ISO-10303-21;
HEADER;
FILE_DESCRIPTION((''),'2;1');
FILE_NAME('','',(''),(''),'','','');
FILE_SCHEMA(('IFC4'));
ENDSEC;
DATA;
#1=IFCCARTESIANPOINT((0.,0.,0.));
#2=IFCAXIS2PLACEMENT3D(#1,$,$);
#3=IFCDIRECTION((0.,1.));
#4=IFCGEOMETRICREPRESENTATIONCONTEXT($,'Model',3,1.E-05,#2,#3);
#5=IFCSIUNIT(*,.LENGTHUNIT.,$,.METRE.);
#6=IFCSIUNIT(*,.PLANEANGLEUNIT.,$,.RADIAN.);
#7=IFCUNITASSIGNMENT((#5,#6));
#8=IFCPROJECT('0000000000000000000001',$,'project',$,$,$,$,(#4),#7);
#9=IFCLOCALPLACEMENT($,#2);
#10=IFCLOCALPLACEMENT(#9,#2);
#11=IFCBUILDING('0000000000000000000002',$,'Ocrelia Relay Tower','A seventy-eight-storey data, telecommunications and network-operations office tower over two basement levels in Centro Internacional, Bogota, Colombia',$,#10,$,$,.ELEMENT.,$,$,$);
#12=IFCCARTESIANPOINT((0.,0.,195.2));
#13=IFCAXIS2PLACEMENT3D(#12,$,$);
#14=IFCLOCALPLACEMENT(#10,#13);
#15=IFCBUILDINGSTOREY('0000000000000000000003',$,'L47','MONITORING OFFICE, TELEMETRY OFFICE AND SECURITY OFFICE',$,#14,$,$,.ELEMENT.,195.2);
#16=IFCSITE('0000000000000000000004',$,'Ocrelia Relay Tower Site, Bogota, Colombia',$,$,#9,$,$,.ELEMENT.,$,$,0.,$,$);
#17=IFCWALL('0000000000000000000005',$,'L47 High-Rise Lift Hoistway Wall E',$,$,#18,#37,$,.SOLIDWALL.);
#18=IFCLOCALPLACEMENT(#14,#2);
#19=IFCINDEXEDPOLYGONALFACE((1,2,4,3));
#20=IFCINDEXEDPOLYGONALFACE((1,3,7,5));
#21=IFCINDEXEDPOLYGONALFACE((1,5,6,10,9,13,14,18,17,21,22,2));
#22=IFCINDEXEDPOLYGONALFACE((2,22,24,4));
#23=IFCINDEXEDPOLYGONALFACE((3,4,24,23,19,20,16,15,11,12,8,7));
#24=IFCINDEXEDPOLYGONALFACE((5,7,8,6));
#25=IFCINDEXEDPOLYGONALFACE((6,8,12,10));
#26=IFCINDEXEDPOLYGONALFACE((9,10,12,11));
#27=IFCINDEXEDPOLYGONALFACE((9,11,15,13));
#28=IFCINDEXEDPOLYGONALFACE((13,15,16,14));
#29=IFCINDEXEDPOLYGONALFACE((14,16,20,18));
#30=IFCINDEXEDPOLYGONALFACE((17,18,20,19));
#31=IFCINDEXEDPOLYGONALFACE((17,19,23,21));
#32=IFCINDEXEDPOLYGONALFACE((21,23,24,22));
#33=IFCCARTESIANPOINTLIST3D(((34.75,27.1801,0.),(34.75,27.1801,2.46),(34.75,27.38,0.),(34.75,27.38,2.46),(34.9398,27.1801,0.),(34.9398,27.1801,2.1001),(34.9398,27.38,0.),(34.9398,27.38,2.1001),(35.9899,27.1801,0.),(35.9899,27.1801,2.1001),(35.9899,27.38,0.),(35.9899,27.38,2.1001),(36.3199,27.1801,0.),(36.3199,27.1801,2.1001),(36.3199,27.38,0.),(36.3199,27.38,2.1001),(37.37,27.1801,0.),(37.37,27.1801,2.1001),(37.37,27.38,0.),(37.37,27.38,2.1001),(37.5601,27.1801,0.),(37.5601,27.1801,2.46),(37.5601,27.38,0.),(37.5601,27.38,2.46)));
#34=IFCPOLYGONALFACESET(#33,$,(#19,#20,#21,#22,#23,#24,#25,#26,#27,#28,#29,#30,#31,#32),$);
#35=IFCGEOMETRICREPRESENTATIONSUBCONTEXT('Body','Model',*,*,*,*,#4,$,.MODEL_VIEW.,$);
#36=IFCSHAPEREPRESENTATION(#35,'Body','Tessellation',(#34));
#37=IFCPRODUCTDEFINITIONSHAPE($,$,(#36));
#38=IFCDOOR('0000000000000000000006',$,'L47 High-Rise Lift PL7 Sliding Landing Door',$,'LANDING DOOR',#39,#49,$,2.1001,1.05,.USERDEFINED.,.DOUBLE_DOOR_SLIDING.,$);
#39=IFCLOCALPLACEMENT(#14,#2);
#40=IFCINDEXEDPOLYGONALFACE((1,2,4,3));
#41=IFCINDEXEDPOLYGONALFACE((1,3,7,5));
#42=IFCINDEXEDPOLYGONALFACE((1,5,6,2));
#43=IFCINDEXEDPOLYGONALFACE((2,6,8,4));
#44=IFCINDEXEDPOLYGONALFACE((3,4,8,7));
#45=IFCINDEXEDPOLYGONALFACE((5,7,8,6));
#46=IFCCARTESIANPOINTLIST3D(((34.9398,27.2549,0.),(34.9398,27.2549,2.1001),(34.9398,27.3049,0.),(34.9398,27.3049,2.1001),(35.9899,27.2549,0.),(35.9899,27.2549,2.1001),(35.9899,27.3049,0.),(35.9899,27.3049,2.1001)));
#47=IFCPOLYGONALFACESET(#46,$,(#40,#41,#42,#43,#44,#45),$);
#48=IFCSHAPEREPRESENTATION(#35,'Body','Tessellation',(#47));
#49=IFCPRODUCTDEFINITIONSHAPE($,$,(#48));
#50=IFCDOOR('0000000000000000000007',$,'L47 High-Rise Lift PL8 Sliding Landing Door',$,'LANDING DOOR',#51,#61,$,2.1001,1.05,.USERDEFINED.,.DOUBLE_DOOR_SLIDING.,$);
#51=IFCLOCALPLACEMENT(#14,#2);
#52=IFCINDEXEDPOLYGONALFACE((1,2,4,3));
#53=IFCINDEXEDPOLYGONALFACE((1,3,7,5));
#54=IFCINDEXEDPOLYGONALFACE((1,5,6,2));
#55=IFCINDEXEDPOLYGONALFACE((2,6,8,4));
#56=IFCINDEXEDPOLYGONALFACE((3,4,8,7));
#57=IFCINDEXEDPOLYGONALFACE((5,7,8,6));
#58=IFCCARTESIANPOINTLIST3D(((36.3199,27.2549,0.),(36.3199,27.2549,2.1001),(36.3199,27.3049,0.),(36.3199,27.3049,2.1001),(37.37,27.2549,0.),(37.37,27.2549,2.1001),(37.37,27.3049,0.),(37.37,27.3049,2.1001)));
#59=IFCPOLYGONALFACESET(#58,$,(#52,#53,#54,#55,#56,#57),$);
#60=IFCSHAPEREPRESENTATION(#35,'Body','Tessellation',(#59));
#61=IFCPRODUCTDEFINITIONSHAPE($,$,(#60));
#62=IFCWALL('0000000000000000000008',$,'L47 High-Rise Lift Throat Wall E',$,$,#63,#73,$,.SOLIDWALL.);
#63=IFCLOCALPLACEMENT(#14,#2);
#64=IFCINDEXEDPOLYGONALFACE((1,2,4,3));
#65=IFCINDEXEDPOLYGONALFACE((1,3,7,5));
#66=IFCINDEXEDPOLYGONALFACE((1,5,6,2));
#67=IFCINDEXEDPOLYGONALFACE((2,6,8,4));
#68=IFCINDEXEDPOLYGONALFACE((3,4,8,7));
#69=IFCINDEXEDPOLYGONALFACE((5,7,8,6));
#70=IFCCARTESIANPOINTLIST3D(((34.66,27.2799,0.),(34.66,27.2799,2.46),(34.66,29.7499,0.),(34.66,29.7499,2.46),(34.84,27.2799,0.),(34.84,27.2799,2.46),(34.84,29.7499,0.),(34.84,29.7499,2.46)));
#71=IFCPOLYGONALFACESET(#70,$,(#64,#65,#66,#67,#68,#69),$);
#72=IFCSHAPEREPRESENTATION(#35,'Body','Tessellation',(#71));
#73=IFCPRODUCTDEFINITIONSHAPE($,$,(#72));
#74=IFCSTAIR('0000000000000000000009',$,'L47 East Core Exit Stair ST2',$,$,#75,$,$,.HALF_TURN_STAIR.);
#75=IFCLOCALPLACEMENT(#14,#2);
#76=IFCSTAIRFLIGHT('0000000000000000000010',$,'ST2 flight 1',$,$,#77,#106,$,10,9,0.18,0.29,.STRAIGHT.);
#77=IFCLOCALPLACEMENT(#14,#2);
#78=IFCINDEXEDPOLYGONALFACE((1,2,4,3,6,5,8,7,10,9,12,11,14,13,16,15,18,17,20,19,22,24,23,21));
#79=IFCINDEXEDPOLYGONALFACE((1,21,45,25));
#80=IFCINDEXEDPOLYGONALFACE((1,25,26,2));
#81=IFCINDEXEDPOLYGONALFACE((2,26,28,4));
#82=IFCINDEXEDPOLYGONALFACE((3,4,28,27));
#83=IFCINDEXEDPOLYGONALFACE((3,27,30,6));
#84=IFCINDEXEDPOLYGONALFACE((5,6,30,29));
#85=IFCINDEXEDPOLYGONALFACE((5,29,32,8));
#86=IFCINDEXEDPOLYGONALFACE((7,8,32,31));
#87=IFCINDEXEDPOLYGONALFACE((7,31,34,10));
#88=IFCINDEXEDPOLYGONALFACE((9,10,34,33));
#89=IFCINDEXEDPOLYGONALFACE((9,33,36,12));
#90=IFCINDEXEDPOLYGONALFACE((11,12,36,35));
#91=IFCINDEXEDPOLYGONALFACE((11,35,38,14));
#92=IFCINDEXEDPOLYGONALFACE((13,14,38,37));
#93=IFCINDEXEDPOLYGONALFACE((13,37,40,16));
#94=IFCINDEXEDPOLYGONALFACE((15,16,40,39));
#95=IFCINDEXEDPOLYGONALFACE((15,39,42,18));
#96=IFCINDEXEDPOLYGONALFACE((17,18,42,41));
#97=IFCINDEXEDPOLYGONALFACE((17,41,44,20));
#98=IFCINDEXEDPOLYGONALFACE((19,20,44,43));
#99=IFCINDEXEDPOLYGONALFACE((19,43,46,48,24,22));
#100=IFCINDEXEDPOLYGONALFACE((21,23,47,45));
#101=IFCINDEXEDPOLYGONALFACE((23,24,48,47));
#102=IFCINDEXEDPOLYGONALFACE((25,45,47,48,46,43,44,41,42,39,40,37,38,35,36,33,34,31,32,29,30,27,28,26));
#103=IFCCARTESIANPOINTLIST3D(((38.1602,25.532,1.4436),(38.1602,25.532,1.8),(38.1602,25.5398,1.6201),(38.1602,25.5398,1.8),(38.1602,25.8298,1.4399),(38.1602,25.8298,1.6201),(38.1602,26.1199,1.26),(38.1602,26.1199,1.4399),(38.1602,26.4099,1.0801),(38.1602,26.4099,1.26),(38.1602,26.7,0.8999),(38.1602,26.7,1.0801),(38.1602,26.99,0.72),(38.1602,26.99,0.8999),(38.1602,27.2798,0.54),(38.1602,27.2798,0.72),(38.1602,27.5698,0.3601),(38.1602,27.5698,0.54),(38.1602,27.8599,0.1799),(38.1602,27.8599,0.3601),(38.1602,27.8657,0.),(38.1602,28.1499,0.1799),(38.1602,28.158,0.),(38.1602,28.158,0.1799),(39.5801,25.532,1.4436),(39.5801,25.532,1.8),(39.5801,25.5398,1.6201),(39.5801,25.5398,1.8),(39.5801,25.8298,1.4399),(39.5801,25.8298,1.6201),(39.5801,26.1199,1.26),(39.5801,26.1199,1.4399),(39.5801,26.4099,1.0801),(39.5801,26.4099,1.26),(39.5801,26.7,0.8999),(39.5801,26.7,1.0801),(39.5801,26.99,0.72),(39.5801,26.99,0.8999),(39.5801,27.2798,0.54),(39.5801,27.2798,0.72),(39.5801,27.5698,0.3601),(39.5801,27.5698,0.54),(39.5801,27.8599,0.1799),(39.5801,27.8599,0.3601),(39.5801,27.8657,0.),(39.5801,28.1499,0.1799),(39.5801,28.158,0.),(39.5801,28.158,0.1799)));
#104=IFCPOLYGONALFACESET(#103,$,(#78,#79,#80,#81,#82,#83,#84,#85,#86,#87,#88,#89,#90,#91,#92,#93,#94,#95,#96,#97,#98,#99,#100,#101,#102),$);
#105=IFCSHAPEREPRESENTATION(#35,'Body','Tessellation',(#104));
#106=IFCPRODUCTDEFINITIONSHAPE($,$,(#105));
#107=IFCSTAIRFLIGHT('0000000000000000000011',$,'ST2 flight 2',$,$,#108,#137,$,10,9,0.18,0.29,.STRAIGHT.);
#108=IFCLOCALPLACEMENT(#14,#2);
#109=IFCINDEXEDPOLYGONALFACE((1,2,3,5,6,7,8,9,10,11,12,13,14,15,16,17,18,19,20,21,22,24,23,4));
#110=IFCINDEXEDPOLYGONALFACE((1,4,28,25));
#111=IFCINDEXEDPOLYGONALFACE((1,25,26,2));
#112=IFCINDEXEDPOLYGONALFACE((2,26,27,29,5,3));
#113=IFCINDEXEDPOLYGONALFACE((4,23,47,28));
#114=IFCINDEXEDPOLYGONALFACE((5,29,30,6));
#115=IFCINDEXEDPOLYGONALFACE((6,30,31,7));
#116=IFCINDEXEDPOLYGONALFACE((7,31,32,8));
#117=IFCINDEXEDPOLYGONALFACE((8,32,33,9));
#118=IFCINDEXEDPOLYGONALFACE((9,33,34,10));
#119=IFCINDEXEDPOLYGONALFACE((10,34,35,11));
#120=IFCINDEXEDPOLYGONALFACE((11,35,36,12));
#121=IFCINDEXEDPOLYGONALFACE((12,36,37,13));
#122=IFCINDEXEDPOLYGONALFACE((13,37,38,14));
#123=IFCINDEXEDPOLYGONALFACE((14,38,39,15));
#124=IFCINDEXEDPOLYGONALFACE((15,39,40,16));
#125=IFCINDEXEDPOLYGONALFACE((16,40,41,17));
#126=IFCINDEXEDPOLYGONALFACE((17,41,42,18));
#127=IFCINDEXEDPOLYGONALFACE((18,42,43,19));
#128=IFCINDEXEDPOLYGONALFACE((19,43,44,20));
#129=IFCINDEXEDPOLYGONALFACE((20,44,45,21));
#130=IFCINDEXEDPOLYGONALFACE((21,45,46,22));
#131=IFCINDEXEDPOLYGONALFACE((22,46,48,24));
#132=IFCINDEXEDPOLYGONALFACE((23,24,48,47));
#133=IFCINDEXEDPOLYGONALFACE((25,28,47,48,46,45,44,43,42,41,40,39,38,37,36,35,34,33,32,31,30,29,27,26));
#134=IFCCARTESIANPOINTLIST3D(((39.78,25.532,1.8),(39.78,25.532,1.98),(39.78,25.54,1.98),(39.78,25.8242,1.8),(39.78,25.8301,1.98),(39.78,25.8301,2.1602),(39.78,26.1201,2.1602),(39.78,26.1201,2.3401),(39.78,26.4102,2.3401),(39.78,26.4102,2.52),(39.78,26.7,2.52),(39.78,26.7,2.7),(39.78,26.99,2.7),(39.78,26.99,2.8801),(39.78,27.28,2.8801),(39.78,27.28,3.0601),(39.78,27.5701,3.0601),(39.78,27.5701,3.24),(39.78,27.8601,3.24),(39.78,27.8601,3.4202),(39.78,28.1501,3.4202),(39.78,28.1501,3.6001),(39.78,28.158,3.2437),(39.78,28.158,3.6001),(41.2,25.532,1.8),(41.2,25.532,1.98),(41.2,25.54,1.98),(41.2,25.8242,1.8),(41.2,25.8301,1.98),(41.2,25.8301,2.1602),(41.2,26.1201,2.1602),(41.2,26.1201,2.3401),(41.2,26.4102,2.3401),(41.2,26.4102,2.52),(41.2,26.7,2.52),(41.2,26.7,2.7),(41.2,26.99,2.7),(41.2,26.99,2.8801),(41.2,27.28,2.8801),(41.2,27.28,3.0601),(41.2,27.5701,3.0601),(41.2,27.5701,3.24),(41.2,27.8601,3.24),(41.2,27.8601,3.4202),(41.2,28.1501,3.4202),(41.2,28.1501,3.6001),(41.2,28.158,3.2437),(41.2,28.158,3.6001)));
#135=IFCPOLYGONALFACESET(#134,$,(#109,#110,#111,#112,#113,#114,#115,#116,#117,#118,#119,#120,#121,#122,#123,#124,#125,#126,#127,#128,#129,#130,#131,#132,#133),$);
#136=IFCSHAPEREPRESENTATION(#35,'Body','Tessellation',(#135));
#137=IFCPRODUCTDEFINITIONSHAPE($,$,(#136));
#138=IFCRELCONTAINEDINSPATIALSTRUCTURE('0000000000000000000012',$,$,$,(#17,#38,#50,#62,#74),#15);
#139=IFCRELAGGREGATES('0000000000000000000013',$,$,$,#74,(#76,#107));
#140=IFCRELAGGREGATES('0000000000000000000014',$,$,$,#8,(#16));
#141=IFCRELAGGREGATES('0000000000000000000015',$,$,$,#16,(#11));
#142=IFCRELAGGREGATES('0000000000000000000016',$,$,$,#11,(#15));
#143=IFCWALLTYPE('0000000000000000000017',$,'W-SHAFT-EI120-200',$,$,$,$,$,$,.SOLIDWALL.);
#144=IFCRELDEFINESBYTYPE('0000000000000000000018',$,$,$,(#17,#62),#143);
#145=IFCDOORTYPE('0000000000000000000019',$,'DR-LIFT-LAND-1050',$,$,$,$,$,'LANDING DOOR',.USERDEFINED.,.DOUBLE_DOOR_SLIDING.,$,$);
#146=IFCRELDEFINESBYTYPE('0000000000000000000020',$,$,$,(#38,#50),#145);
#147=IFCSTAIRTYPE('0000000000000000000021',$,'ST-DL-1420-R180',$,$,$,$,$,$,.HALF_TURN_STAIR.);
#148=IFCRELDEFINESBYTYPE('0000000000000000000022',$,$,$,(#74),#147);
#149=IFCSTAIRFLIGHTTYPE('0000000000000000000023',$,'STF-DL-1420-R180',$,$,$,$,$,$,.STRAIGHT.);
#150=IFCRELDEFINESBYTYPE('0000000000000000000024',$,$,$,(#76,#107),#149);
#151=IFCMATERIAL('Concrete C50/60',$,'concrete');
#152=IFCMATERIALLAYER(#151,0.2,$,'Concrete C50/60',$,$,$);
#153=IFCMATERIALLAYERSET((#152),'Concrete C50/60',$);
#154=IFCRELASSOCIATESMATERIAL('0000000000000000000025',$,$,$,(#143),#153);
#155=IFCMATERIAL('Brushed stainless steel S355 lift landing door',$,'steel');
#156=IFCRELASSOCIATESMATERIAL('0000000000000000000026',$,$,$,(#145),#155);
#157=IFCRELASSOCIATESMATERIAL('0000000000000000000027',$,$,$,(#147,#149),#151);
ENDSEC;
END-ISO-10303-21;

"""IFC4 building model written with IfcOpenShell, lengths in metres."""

from ifc_helpers import new_model, si_unit, direction, frame, frame_2d, origin, place, context, subcontext, project, spatial, polyline, rectangle, outline, extrude, material, layer, layer_set, type_object, element, fill, aggregate, save


model = new_model("IFC4")

# Units and contexts
model_context = context("Model", 3, precision=1e-05, world=origin(), true_north=direction((0.0, 1.0)))
body_context = subcontext(model_context, "Body", "Model", "MODEL_VIEW")
ifc_project = project(units=[si_unit("LENGTHUNIT", "METRE"), si_unit("PLANEANGLEUNIT", "RADIAN")], contexts=[model_context])

# Site, building, storey
site_placement = place(None, origin())
site = spatial("IfcSite", under=ifc_project, at=site_placement, Name="Ocrelia Relay Tower Site, Bogota, Colombia", CompositionType="ELEMENT", RefElevation=0.0)
building_placement = place(site_placement, origin())
building = spatial("IfcBuilding", under=site, at=building_placement, Name="Ocrelia Relay Tower", Description="A seventy-eight-storey data, telecommunications and network-operations office tower over two basement levels in Centro Internacional, Bogota, Colombia", CompositionType="ELEMENT")
storey_placement = place(building_placement, frame((0.0, 0.0, 195.2)))
storey = spatial("IfcBuildingStorey", under=building, at=storey_placement, Name="L47", Description="MONITORING OFFICE, TELEMETRY OFFICE AND SECURITY OFFICE", CompositionType="ELEMENT", Elevation=195.2)

# Shared definitions
ifc_material_1 = material(Name="Concrete C50/60", Category="concrete")
ifc_layer_1 = layer(ifc_material_1, 0.2, Name="Concrete C50/60")
ifc_layer_set_1 = layer_set([ifc_layer_1], Name="Concrete C50/60")
wall_type_1 = type_object("IfcWallType", Name="W-SHAFT-EI120-200", PredefinedType="SOLIDWALL", material=ifc_layer_set_1)

# Wall, openings, doors
wall_1_placement = place(storey_placement, frame((34.75, 27.28, 0.0), z_axis=(0.0, 0.0, 1.0), x_axis=(1.0, 0.0, 0.0)))
wall_1 = element("IfcWall", 1, at=wall_1_placement, inside=storey, type_object=wall_type_1, Name="L47 High-Rise Lift Hoistway Wall E", PredefinedType="SOLIDWALL", context=body_context, shape_type="SweptSolid", body=[
    extrude(rectangle(XDim=2.8101, YDim=0.2, at=frame_2d((1.405, 0.0))), origin(), (0.0, 0.0, 1.0), 2.46),
])
opening_1_placement = place(wall_1_placement, frame((0.1899, 0.0, 0.0)))
opening_1 = element("IfcOpeningElement", 2, at=opening_1_placement, cuts=wall_1, PredefinedType="OPENING", context=body_context, shape_type="SweptSolid", body=[
    extrude(rectangle(XDim=1.05, YDim=2.1001, at=frame_2d((0.5249, 1.05))), frame((0.0, 0.1099, 0.0), z_axis=(0.0, -1.0, 0.0), x_axis=(1.0, 0.0, 0.0)), (0.0, 0.0, 1.0), 0.22),
])
opening_2_placement = place(wall_1_placement, frame((1.5701, 0.0, 0.0)))
opening_2 = element("IfcOpeningElement", 3, at=opening_2_placement, cuts=wall_1, PredefinedType="OPENING", context=body_context, shape_type="SweptSolid", body=[
    extrude(rectangle(XDim=1.05, YDim=2.1001, at=frame_2d((0.5249, 1.05))), frame((0.0, 0.1099, 0.0), z_axis=(0.0, -1.0, 0.0), x_axis=(1.0, 0.0, 0.0)), (0.0, 0.0, 1.0), 0.22),
])
ifc_material_2 = material(Name="Brushed stainless steel S355 lift landing door", Category="steel")
door_type = type_object("IfcDoorType", Name="DR-LIFT-LAND-1050", ElementType="LANDING DOOR", OperationType="DOUBLE_DOOR_SLIDING", PredefinedType="USERDEFINED", material=ifc_material_2)
door_1_placement = place(opening_1_placement, origin())
door_1 = element("IfcDoor", 4, at=door_1_placement, inside=storey, type_object=door_type, Name="L47 High-Rise Lift PL7 Sliding Landing Door", ObjectType="LANDING DOOR", OperationType="DOUBLE_DOOR_SLIDING", OverallHeight=2.1001, OverallWidth=1.05, PredefinedType="USERDEFINED", context=body_context, shape_type="SweptSolid", body=[
    extrude(rectangle(XDim=1.05, YDim=2.1001, at=frame_2d((0.5249, 1.05))), frame((0.0, 0.0249, 0.0), z_axis=(0.0, -1.0, 0.0), x_axis=(1.0, 0.0, 0.0)), (0.0, 0.0, 1.0), 0.05),
])
fill(opening_1, door_1)
door_2_placement = place(opening_2_placement, origin())
door_2 = element("IfcDoor", 5, at=door_2_placement, inside=storey, type_object=door_type, Name="L47 High-Rise Lift PL8 Sliding Landing Door", ObjectType="LANDING DOOR", OperationType="DOUBLE_DOOR_SLIDING", OverallHeight=2.1001, OverallWidth=1.05, PredefinedType="USERDEFINED", context=body_context, shape_type="SweptSolid", body=[
    extrude(rectangle(XDim=1.05, YDim=2.1001, at=frame_2d((0.5249, 1.05))), frame((0.0, 0.0249, 0.0), z_axis=(0.0, -1.0, 0.0), x_axis=(1.0, 0.0, 0.0)), (0.0, 0.0, 1.0), 0.05),
])
fill(opening_2, door_2)

# Wall
wall_2_placement = place(storey_placement, frame((34.75, 27.28, 0.0), z_axis=(0.0, 0.0, 1.0), x_axis=(0.0, 1.0, 0.0)))
element("IfcWall", 6, at=wall_2_placement, inside=storey, type_object=wall_type_1, Name="L47 High-Rise Lift Throat Wall E", PredefinedType="SOLIDWALL", context=body_context, shape_type="SweptSolid", body=[
    extrude(rectangle(XDim=2.47, YDim=0.1799, at=frame_2d((1.2349, 0.0))), origin(), (0.0, 0.0, 1.0), 2.46),
])

# Stair, stair flights
stair_type = type_object("IfcStairType", Name="ST-DL-1420-R180", PredefinedType="HALF_TURN_STAIR", material=ifc_material_1)
stair_placement = place(storey_placement, origin())
stair = element("IfcStair", 7, at=stair_placement, inside=storey, type_object=stair_type, Name="L47 East Core Exit Stair ST2", PredefinedType="HALF_TURN_STAIR")
stair_flight_type = type_object("IfcStairFlightType", Name="STF-DL-1420-R180", PredefinedType="STRAIGHT", material=ifc_material_1)
stair_flight_1_placement = place(storey_placement, frame((38.8701, 28.1499, 0.0), z_axis=(0.0, 0.0, 1.0), x_axis=(0.0, -1.0, 0.0)))
stair_flight_1 = element("IfcStairFlight", 8, at=stair_flight_1_placement, type_object=stair_flight_type, Name="ST2 flight 1", NumberOfRisers=10, NumberOfTreads=9, PredefinedType="STRAIGHT", RiserHeight=0.18, TreadLength=0.29, context=body_context, shape_type="SweptSolid", body=[
    extrude(outline(polyline([(-0.0081, 0.0), (-0.0081, 0.1799), (0.0, 0.1799), (0.29, 0.1799), (0.29, 0.3601), (0.5801, 0.3601), (0.5801, 0.54), (0.8701, 0.54), (0.8701, 0.72), (1.1599, 0.72), (1.1599, 0.8999), (1.45, 0.8999), (1.45, 1.0801), (1.74, 1.0801), (1.74, 1.26), (2.03, 1.26), (2.03, 1.4399), (2.3201, 1.4399), (2.3201, 1.6201), (2.6101, 1.6201), (2.6101, 1.8), (2.6179, 1.8), (2.6179, 1.4436), (0.2842, 0.0), (-0.0081, 0.0)])), frame((0.0, 0.71, 0.0), z_axis=(0.0, -1.0, 0.0), x_axis=(1.0, 0.0, 0.0)), (0.0, 0.0, 1.0), 1.4199),
])
stair_flight_2_placement = place(storey_placement, frame((40.49, 25.54, 1.8), z_axis=(0.0, 0.0, 1.0), x_axis=(0.0, 1.0, 0.0)))
stair_flight_2 = element("IfcStairFlight", 9, at=stair_flight_2_placement, type_object=stair_flight_type, Name="ST2 flight 2", NumberOfRisers=10, NumberOfTreads=9, PredefinedType="STRAIGHT", RiserHeight=0.18, TreadLength=0.29, context=body_context, shape_type="SweptSolid", body=[
    extrude(outline(polyline([(-0.0081, 0.0), (-0.0081, 0.1799), (0.0, 0.1799), (0.29, 0.1799), (0.29, 0.3601), (0.5801, 0.3601), (0.5801, 0.54), (0.8701, 0.54), (0.8701, 0.72), (1.1599, 0.72), (1.1599, 0.8999), (1.45, 0.8999), (1.45, 1.0801), (1.74, 1.0801), (1.74, 1.26), (2.03, 1.26), (2.03, 1.4399), (2.3201, 1.4399), (2.3201, 1.6201), (2.6101, 1.6201), (2.6101, 1.8), (2.6179, 1.8), (2.6179, 1.4436), (0.2842, 0.0), (-0.0081, 0.0)])), frame((0.0, 0.71, 0.0), z_axis=(0.0, -1.0, 0.0), x_axis=(1.0, 0.0, 0.0)), (0.0, 0.0, 1.0), 1.4199),
])
aggregate(stair, [stair_flight_1, stair_flight_2])

save(model, "model.ifc")
